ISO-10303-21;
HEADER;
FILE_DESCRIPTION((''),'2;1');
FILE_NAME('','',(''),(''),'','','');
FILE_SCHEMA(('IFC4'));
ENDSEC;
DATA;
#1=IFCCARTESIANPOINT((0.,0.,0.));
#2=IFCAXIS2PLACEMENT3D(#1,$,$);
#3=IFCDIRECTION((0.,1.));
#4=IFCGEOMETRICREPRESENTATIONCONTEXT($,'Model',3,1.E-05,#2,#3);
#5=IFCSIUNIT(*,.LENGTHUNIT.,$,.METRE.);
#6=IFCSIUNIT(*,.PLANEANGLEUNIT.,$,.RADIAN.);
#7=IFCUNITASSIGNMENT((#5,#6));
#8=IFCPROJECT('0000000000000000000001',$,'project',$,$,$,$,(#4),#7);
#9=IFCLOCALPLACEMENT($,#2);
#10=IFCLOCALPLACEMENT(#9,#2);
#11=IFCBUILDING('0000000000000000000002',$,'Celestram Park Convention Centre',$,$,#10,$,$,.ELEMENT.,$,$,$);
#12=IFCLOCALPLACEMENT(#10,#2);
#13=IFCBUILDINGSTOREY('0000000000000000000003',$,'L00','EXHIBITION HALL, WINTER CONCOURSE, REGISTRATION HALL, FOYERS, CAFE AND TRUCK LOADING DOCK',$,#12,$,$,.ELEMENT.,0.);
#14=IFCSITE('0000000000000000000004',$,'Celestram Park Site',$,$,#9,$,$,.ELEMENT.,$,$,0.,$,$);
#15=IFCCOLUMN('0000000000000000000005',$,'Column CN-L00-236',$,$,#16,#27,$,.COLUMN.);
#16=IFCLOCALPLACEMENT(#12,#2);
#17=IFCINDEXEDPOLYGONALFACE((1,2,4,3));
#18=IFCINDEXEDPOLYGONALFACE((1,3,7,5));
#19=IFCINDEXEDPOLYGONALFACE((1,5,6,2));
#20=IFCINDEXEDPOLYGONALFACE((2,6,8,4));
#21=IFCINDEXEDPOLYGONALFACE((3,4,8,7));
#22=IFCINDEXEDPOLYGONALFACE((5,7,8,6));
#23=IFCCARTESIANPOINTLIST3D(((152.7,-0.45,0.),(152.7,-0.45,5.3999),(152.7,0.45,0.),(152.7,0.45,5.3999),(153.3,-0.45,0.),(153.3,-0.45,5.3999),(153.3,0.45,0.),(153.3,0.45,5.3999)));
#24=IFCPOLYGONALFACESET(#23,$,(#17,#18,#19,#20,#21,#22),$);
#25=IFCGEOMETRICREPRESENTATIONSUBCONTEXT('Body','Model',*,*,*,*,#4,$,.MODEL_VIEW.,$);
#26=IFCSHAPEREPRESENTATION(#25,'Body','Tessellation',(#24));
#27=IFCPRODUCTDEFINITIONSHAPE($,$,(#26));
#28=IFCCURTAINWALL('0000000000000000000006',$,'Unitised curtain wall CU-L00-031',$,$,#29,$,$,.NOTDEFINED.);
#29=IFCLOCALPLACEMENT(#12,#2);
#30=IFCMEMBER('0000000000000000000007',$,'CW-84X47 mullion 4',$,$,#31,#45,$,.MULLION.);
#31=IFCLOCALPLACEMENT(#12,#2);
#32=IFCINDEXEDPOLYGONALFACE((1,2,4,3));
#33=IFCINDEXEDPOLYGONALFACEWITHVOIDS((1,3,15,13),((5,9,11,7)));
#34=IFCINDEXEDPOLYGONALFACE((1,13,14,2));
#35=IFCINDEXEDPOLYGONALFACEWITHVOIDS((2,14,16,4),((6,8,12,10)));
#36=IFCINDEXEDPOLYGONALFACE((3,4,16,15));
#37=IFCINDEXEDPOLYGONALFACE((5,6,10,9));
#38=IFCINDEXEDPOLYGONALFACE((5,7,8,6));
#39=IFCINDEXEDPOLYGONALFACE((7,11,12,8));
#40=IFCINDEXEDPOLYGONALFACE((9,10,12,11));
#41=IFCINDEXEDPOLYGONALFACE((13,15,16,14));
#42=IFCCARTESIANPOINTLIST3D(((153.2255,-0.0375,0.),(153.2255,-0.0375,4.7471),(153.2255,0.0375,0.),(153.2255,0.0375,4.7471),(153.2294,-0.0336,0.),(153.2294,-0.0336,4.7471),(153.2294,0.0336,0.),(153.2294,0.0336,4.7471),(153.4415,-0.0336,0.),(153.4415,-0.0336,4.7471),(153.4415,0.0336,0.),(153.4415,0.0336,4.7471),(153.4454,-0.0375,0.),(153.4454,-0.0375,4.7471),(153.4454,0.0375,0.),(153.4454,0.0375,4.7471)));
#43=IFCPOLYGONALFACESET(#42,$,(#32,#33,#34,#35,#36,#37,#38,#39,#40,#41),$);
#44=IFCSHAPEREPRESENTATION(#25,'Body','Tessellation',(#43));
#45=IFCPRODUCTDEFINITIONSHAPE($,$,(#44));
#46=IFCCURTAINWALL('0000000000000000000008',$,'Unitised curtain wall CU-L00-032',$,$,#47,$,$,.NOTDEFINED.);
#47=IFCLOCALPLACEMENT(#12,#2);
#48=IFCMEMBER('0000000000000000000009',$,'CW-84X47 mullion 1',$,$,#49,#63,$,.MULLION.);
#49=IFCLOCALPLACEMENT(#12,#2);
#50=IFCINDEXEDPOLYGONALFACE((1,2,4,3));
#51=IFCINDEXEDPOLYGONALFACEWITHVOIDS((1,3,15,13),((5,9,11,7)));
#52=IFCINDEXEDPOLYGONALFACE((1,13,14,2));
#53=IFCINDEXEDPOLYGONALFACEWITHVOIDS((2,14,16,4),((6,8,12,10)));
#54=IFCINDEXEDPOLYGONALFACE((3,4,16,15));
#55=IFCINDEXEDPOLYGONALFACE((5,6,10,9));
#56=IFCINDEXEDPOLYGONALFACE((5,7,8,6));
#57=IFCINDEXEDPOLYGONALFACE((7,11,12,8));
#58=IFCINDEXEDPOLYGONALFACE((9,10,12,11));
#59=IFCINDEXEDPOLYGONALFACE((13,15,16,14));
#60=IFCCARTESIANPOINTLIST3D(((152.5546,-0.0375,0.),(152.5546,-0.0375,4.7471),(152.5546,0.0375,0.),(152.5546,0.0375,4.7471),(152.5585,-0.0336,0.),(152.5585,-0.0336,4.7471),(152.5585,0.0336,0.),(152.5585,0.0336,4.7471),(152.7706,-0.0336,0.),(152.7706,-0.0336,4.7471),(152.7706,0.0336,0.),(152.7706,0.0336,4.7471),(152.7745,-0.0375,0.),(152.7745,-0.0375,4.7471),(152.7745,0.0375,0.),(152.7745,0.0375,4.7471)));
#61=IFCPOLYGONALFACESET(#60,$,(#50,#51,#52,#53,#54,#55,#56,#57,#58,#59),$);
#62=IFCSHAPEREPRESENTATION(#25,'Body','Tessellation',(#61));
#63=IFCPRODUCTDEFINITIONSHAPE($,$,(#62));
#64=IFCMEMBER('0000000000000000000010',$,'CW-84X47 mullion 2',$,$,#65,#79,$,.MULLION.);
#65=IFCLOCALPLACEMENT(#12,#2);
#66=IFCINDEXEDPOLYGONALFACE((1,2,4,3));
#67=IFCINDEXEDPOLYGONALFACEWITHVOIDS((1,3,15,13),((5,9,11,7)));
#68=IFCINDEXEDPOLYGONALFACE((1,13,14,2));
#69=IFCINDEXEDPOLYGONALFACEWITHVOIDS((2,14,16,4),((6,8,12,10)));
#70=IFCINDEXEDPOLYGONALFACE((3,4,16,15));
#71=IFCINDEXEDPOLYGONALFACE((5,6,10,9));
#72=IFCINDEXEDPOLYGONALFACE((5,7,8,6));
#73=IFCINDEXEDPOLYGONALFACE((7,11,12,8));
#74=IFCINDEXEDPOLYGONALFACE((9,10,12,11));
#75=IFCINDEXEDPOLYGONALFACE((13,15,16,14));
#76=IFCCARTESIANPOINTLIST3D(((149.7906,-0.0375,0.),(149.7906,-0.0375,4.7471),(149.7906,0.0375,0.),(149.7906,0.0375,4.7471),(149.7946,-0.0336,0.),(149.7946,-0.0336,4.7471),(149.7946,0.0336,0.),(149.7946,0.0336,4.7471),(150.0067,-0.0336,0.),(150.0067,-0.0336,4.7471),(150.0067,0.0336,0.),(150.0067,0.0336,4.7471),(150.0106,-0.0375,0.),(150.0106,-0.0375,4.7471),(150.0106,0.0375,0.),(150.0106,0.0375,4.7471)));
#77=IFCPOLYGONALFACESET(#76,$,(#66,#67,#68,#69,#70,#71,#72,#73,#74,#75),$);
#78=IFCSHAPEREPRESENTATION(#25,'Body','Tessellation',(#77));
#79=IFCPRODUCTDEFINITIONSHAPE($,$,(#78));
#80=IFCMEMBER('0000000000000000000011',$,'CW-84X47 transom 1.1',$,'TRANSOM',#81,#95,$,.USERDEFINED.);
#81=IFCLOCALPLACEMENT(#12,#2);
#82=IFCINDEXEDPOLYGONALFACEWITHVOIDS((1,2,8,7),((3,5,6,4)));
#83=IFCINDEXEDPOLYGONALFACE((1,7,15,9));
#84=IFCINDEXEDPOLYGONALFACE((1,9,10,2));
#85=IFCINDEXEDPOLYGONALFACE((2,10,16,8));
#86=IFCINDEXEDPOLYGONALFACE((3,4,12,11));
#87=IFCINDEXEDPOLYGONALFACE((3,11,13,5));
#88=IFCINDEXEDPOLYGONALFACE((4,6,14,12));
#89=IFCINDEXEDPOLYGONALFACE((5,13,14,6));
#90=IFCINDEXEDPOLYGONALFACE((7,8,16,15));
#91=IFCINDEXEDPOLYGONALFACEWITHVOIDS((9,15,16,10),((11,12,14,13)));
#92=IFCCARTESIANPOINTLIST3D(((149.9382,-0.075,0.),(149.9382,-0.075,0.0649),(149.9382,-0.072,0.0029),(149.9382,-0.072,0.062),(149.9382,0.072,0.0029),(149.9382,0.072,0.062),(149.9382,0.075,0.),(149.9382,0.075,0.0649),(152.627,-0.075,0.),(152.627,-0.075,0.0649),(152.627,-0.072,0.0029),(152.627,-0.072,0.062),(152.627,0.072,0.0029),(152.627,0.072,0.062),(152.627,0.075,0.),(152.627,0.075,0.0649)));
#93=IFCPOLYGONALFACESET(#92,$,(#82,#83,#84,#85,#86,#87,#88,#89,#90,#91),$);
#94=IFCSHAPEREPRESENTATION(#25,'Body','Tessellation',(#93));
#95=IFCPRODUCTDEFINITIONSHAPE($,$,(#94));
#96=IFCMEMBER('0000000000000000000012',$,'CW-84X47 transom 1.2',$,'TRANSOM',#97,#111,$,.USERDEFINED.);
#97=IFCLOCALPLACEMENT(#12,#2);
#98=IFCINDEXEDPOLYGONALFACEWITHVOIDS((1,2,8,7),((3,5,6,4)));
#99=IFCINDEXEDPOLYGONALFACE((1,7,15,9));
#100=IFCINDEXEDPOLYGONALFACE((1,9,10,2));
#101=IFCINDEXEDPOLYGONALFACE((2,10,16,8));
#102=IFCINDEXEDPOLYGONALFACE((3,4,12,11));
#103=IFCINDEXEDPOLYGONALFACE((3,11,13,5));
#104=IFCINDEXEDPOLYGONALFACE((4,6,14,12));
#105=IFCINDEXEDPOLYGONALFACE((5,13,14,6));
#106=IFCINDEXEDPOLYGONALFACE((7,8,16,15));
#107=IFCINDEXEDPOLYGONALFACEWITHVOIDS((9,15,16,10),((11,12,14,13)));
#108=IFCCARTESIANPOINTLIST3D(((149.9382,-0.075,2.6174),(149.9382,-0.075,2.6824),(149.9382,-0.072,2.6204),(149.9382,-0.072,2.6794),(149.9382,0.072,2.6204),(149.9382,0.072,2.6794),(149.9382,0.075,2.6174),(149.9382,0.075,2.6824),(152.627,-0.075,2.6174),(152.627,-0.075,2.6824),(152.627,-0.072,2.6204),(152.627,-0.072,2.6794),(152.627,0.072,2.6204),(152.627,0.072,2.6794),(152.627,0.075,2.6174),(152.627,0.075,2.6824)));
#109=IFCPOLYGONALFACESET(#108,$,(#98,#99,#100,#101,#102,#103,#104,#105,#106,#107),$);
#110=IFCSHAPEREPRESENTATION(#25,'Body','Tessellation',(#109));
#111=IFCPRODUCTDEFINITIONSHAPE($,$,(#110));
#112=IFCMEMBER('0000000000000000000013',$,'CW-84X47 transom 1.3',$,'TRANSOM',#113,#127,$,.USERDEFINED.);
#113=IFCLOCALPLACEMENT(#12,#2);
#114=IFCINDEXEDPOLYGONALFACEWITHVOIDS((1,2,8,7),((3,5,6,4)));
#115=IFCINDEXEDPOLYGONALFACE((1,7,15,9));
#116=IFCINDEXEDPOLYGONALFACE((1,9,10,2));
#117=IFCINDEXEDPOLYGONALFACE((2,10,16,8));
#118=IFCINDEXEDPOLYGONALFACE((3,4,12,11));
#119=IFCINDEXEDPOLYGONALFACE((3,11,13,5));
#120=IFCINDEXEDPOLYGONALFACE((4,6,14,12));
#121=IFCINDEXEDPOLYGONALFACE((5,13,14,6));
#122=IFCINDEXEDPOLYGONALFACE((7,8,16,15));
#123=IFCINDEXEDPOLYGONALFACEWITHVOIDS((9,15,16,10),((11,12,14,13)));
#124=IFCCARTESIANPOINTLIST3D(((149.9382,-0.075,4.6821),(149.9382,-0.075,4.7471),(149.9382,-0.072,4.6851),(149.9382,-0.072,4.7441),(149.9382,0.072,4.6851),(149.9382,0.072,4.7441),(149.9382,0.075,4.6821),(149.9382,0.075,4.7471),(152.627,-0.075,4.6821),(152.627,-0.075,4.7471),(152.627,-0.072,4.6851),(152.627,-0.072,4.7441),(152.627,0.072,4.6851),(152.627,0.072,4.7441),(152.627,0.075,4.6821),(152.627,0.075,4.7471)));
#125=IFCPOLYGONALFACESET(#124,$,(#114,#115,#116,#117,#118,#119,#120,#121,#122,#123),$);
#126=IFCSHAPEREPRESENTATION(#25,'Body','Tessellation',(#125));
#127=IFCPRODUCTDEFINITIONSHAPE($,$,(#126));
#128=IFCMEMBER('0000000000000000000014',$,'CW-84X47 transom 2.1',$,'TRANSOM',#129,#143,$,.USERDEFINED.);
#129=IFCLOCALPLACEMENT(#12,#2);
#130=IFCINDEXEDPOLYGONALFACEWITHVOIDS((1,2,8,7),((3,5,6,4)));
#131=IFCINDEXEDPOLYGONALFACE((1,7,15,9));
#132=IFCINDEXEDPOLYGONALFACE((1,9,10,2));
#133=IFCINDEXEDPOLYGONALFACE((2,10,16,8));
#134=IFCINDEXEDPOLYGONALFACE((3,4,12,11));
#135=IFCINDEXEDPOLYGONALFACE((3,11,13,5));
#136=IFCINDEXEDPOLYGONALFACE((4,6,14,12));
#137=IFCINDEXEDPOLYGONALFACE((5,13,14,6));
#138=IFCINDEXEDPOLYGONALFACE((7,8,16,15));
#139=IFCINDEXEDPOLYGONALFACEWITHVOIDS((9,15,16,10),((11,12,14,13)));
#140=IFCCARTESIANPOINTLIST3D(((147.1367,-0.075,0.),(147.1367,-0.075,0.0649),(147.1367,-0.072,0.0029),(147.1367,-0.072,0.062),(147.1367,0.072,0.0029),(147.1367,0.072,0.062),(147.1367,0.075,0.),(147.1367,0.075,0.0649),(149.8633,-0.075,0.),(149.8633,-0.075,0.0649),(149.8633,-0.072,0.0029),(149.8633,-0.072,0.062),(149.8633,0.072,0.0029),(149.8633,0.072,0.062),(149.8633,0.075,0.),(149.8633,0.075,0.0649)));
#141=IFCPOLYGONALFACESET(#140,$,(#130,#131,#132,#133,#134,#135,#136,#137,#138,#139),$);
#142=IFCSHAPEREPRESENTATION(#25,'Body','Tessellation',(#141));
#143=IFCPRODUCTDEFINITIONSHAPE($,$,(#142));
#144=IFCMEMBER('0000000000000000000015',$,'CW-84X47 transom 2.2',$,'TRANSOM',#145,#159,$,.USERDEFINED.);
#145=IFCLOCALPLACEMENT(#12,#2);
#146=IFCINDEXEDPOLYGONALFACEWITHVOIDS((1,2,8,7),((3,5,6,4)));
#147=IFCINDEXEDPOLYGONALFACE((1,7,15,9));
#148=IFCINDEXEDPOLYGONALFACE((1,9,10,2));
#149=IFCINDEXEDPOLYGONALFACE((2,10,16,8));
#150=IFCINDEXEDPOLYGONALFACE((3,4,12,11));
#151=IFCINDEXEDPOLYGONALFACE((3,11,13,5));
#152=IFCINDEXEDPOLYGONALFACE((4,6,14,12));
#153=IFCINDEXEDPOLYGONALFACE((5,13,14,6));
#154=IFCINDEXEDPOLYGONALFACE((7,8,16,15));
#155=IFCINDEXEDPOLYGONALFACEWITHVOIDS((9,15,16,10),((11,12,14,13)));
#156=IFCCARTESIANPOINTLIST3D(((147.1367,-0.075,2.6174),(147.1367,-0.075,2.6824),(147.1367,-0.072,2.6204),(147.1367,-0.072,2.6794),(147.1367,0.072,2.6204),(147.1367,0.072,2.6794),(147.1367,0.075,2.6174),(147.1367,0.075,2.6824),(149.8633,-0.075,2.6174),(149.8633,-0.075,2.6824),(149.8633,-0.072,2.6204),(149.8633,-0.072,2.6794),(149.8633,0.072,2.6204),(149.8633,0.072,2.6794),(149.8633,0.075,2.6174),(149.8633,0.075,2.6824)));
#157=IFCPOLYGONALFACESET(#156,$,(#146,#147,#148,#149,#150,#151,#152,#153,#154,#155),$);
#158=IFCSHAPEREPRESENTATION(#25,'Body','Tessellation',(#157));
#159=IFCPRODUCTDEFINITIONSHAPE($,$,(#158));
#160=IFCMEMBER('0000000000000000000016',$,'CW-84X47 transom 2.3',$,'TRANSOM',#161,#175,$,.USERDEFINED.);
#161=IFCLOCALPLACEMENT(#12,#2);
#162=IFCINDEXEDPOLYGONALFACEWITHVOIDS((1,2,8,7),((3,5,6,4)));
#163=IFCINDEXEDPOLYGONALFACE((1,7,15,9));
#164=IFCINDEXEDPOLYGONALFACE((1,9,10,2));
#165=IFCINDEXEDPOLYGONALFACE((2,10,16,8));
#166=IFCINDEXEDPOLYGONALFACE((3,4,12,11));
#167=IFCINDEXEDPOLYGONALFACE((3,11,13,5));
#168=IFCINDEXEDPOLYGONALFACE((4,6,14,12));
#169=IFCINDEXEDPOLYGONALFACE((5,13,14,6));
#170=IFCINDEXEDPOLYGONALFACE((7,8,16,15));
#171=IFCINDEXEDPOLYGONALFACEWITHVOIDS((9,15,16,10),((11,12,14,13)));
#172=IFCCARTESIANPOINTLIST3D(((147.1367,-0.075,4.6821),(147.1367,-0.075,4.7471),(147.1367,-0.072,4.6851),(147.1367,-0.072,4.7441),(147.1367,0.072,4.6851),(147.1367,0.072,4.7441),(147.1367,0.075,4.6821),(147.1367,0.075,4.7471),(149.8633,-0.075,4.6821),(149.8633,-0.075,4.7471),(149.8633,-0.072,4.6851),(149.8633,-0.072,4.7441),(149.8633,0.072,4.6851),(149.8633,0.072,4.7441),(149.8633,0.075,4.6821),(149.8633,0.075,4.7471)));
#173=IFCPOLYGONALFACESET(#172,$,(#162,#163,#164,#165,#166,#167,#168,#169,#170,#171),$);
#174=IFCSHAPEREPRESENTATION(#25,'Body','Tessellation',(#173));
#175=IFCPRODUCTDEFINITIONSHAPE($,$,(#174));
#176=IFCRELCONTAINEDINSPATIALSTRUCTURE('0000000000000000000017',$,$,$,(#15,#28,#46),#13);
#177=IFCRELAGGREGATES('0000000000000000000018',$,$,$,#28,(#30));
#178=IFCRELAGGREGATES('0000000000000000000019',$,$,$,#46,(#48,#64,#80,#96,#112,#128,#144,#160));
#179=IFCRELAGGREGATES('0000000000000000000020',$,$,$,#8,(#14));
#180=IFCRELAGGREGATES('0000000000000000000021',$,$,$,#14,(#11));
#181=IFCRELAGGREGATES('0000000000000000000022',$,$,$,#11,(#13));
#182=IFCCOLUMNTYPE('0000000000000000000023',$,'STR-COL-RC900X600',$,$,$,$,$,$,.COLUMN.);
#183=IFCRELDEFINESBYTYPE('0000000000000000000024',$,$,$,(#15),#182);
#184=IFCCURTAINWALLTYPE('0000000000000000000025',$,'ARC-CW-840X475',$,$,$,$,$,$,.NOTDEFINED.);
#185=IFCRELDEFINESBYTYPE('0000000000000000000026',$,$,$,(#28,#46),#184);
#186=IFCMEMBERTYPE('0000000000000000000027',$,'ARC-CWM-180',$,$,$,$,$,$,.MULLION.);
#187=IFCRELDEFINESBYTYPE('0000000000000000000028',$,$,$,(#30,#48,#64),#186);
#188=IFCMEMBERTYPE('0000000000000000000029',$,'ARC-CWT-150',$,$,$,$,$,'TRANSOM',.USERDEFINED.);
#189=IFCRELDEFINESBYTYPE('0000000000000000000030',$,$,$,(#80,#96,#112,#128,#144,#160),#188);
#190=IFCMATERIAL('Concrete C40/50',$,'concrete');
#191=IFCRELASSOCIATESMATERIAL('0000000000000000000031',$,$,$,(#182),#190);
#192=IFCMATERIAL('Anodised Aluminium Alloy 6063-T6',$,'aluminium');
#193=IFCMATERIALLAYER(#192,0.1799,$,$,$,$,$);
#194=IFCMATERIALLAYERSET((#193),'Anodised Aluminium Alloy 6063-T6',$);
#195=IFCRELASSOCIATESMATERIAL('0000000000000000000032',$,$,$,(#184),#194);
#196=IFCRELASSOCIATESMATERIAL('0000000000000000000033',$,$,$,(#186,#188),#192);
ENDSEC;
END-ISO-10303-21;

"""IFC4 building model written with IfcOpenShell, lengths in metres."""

from ifc_helpers import new_model, si_unit, direction, frame, origin, origin_2d, place, context, subcontext, project, spatial, rectangle, hollow_rectangle, extrude, material, layer, layer_set, material_profile, profile_set, type_object, element, aggregate, save


model = new_model("IFC4")

# Units and contexts
model_context = context("Model", 3, precision=1e-05, world=origin(), true_north=direction((0.0, 1.0)))
body_context = subcontext(model_context, "Body", "Model", "MODEL_VIEW")
ifc_project = project(units=[si_unit("LENGTHUNIT", "METRE"), si_unit("PLANEANGLEUNIT", "RADIAN")], contexts=[model_context])

# Site, building, storey
site_placement = place(None, origin())
site = spatial("IfcSite", under=ifc_project, at=site_placement, Name="Celestram Park Site", CompositionType="ELEMENT", RefElevation=0.0)
building_placement = place(site_placement, origin())
building = spatial("IfcBuilding", under=site, at=building_placement, Name="Celestram Park Convention Centre", CompositionType="ELEMENT")
storey_placement = place(building_placement, origin())
storey = spatial("IfcBuildingStorey", under=building, at=storey_placement, Name="L00", Description="EXHIBITION HALL, WINTER CONCOURSE, REGISTRATION HALL, FOYERS, CAFE AND TRUCK LOADING DOCK", CompositionType="ELEMENT", Elevation=0.0)

# Column
ifc_material_1 = material(Name="Concrete C40/50", Category="concrete")
ifc_material_profile_1 = material_profile(ifc_material_1, rectangle(XDim=0.6001, YDim=0.8999, at=origin_2d()), Name="RC900X600")
ifc_profile_set_1 = profile_set([ifc_material_profile_1], Name="Concrete C40/50")
column_type = type_object("IfcColumnType", Name="STR-COL-RC900X600", PredefinedType="COLUMN", material=ifc_profile_set_1)
column_placement = place(storey_placement, frame((153.0, 0.0, 0.0), z_axis=(0.0, 0.0, 1.0), x_axis=(1.0, 0.0, 0.0)))
element("IfcColumn", 1, at=column_placement, inside=storey, type_object=column_type, Name="Column CN-L00-236", PredefinedType="COLUMN", context=body_context, shape_type="SweptSolid", body=[
    extrude(rectangle(XDim=0.6001, YDim=0.8999, at=origin_2d()), origin(), (0.0, 0.0, 1.0), 5.3999),
])

# Curtain wall, member
ifc_material_2 = material(Name="Anodised Aluminium Alloy 6063-T6", Category="aluminium")
ifc_layer_1 = layer(ifc_material_2, 0.1799)
ifc_layer_set_1 = layer_set([ifc_layer_1], Name="Anodised Aluminium Alloy 6063-T6")
curtain_wall_type = type_object("IfcCurtainWallType", Name="ARC-CW-840X475", PredefinedType="NOTDEFINED", material=ifc_layer_set_1)
curtain_wall_1_placement = place(storey_placement, origin())
curtain_wall_1 = element("IfcCurtainWall", 2, at=curtain_wall_1_placement, inside=storey, type_object=curtain_wall_type, Name="Unitised curtain wall CU-L00-031", PredefinedType="NOTDEFINED")
ifc_material_profile_2 = material_profile(ifc_material_2, hollow_rectangle(XDim=0.075, YDim=0.22, WallThickness=0.0039, at=origin_2d()), Name="ALU75X220X4")
ifc_profile_set_2 = profile_set([ifc_material_profile_2], Name="Anodised Aluminium Alloy 6063-T6")
member_type_1 = type_object("IfcMemberType", Name="ARC-CWM-180", PredefinedType="MULLION", material=ifc_profile_set_2)
member_1_placement = place(storey_placement, frame((153.3354, 0.0, 0.0), z_axis=(0.0, 0.0, 1.0), x_axis=(0.0, -1.0, 0.0)))
member_1 = element("IfcMember", 3, at=member_1_placement, type_object=member_type_1, Name="CW-84X47 mullion 4", PredefinedType="MULLION", context=body_context, shape_type="SweptSolid", body=[
    extrude(hollow_rectangle(XDim=0.075, YDim=0.22, WallThickness=0.0039, at=origin_2d()), origin(), (0.0, 0.0, 1.0), 4.7471),
])

# Curtain wall, members
curtain_wall_2_placement = place(storey_placement, origin())
curtain_wall_2 = element("IfcCurtainWall", 4, at=curtain_wall_2_placement, inside=storey, type_object=curtain_wall_type, Name="Unitised curtain wall CU-L00-032", PredefinedType="NOTDEFINED")
member_2_placement = place(storey_placement, frame((152.6646, 0.0, 0.0), z_axis=(0.0, 0.0, 1.0), x_axis=(0.0, -1.0, 0.0)))
member_2 = element("IfcMember", 5, at=member_2_placement, type_object=member_type_1, Name="CW-84X47 mullion 1", PredefinedType="MULLION", context=body_context, shape_type="SweptSolid", body=[
    extrude(hollow_rectangle(XDim=0.075, YDim=0.22, WallThickness=0.0039, at=origin_2d()), origin(), (0.0, 0.0, 1.0), 4.7471),
])
member_3_placement = place(storey_placement, frame((149.9006, 0.0, 0.0), z_axis=(0.0, 0.0, 1.0), x_axis=(0.0, -1.0, 0.0)))
member_3 = element("IfcMember", 6, at=member_3_placement, type_object=member_type_1, Name="CW-84X47 mullion 2", PredefinedType="MULLION", context=body_context, shape_type="SweptSolid", body=[
    extrude(hollow_rectangle(XDim=0.075, YDim=0.22, WallThickness=0.0039, at=origin_2d()), origin(), (0.0, 0.0, 1.0), 4.7471),
])
ifc_material_profile_3 = material_profile(ifc_material_2, hollow_rectangle(XDim=0.1499, YDim=0.0649, WallThickness=0.0029, at=origin_2d()), Name="ALU150X65X3")
ifc_profile_set_3 = profile_set([ifc_material_profile_3], Name="Anodised Aluminium Alloy 6063-T6")
member_type_2 = type_object("IfcMemberType", Name="ARC-CWT-150", ElementType="TRANSOM", PredefinedType="USERDEFINED", material=ifc_profile_set_3)
member_4_placement = place(storey_placement, frame((152.627, 0.0, 0.0325), z_axis=(-1.0, 0.0, 0.0), x_axis=(0.0, -1.0, 0.0)))
member_4 = element("IfcMember", 7, at=member_4_placement, type_object=member_type_2, Name="CW-84X47 transom 1.1", ObjectType="TRANSOM", PredefinedType="USERDEFINED", context=body_context, shape_type="SweptSolid", body=[
    extrude(hollow_rectangle(XDim=0.1499, YDim=0.0649, WallThickness=0.0029, at=origin_2d()), origin(), (0.0, 0.0, 1.0), 2.6887),
])
member_5_placement = place(storey_placement, frame((152.627, 0.0, 2.6499), z_axis=(-1.0, 0.0, 0.0), x_axis=(0.0, -1.0, 0.0)))
member_5 = element("IfcMember", 8, at=member_5_placement, type_object=member_type_2, Name="CW-84X47 transom 1.2", ObjectType="TRANSOM", PredefinedType="USERDEFINED", context=body_context, shape_type="SweptSolid", body=[
    extrude(hollow_rectangle(XDim=0.1499, YDim=0.0649, WallThickness=0.0029, at=origin_2d()), origin(), (0.0, 0.0, 1.0), 2.6887),
])
member_6_placement = place(storey_placement, frame((152.627, 0.0, 4.7146), z_axis=(-1.0, 0.0, 0.0), x_axis=(0.0, -1.0, 0.0)))
member_6 = element("IfcMember", 9, at=member_6_placement, type_object=member_type_2, Name="CW-84X47 transom 1.3", ObjectType="TRANSOM", PredefinedType="USERDEFINED", context=body_context, shape_type="SweptSolid", body=[
    extrude(hollow_rectangle(XDim=0.1499, YDim=0.0649, WallThickness=0.0029, at=origin_2d()), origin(), (0.0, 0.0, 1.0), 2.6887),
])
member_7_placement = place(storey_placement, frame((149.8633, 0.0, 0.0325), z_axis=(-1.0, 0.0, 0.0), x_axis=(0.0, -1.0, 0.0)))
member_7 = element("IfcMember", 10, at=member_7_placement, type_object=member_type_2, Name="CW-84X47 transom 2.1", ObjectType="TRANSOM", PredefinedType="USERDEFINED", context=body_context, shape_type="SweptSolid", body=[
    extrude(hollow_rectangle(XDim=0.1499, YDim=0.0649, WallThickness=0.0029, at=origin_2d()), origin(), (0.0, 0.0, 1.0), 2.7266),
])
member_8_placement = place(storey_placement, frame((149.8633, 0.0, 2.6499), z_axis=(-1.0, 0.0, 0.0), x_axis=(0.0, -1.0, 0.0)))
member_8 = element("IfcMember", 11, at=member_8_placement, type_object=member_type_2, Name="CW-84X47 transom 2.2", ObjectType="TRANSOM", PredefinedType="USERDEFINED", context=body_context, shape_type="SweptSolid", body=[
    extrude(hollow_rectangle(XDim=0.1499, YDim=0.0649, WallThickness=0.0029, at=origin_2d()), origin(), (0.0, 0.0, 1.0), 2.7266),
])
member_9_placement = place(storey_placement, frame((149.8633, 0.0, 4.7146), z_axis=(-1.0, 0.0, 0.0), x_axis=(0.0, -1.0, 0.0)))
member_9 = element("IfcMember", 12, at=member_9_placement, type_object=member_type_2, Name="CW-84X47 transom 2.3", ObjectType="TRANSOM", PredefinedType="USERDEFINED", context=body_context, shape_type="SweptSolid", body=[
    extrude(hollow_rectangle(XDim=0.1499, YDim=0.0649, WallThickness=0.0029, at=origin_2d()), origin(), (0.0, 0.0, 1.0), 2.7266),
])

aggregate(curtain_wall_1, [member_1])
aggregate(curtain_wall_2, [member_2, member_3, member_4, member_5, member_6, member_7, member_8, member_9])

save(model, "model.ifc")
